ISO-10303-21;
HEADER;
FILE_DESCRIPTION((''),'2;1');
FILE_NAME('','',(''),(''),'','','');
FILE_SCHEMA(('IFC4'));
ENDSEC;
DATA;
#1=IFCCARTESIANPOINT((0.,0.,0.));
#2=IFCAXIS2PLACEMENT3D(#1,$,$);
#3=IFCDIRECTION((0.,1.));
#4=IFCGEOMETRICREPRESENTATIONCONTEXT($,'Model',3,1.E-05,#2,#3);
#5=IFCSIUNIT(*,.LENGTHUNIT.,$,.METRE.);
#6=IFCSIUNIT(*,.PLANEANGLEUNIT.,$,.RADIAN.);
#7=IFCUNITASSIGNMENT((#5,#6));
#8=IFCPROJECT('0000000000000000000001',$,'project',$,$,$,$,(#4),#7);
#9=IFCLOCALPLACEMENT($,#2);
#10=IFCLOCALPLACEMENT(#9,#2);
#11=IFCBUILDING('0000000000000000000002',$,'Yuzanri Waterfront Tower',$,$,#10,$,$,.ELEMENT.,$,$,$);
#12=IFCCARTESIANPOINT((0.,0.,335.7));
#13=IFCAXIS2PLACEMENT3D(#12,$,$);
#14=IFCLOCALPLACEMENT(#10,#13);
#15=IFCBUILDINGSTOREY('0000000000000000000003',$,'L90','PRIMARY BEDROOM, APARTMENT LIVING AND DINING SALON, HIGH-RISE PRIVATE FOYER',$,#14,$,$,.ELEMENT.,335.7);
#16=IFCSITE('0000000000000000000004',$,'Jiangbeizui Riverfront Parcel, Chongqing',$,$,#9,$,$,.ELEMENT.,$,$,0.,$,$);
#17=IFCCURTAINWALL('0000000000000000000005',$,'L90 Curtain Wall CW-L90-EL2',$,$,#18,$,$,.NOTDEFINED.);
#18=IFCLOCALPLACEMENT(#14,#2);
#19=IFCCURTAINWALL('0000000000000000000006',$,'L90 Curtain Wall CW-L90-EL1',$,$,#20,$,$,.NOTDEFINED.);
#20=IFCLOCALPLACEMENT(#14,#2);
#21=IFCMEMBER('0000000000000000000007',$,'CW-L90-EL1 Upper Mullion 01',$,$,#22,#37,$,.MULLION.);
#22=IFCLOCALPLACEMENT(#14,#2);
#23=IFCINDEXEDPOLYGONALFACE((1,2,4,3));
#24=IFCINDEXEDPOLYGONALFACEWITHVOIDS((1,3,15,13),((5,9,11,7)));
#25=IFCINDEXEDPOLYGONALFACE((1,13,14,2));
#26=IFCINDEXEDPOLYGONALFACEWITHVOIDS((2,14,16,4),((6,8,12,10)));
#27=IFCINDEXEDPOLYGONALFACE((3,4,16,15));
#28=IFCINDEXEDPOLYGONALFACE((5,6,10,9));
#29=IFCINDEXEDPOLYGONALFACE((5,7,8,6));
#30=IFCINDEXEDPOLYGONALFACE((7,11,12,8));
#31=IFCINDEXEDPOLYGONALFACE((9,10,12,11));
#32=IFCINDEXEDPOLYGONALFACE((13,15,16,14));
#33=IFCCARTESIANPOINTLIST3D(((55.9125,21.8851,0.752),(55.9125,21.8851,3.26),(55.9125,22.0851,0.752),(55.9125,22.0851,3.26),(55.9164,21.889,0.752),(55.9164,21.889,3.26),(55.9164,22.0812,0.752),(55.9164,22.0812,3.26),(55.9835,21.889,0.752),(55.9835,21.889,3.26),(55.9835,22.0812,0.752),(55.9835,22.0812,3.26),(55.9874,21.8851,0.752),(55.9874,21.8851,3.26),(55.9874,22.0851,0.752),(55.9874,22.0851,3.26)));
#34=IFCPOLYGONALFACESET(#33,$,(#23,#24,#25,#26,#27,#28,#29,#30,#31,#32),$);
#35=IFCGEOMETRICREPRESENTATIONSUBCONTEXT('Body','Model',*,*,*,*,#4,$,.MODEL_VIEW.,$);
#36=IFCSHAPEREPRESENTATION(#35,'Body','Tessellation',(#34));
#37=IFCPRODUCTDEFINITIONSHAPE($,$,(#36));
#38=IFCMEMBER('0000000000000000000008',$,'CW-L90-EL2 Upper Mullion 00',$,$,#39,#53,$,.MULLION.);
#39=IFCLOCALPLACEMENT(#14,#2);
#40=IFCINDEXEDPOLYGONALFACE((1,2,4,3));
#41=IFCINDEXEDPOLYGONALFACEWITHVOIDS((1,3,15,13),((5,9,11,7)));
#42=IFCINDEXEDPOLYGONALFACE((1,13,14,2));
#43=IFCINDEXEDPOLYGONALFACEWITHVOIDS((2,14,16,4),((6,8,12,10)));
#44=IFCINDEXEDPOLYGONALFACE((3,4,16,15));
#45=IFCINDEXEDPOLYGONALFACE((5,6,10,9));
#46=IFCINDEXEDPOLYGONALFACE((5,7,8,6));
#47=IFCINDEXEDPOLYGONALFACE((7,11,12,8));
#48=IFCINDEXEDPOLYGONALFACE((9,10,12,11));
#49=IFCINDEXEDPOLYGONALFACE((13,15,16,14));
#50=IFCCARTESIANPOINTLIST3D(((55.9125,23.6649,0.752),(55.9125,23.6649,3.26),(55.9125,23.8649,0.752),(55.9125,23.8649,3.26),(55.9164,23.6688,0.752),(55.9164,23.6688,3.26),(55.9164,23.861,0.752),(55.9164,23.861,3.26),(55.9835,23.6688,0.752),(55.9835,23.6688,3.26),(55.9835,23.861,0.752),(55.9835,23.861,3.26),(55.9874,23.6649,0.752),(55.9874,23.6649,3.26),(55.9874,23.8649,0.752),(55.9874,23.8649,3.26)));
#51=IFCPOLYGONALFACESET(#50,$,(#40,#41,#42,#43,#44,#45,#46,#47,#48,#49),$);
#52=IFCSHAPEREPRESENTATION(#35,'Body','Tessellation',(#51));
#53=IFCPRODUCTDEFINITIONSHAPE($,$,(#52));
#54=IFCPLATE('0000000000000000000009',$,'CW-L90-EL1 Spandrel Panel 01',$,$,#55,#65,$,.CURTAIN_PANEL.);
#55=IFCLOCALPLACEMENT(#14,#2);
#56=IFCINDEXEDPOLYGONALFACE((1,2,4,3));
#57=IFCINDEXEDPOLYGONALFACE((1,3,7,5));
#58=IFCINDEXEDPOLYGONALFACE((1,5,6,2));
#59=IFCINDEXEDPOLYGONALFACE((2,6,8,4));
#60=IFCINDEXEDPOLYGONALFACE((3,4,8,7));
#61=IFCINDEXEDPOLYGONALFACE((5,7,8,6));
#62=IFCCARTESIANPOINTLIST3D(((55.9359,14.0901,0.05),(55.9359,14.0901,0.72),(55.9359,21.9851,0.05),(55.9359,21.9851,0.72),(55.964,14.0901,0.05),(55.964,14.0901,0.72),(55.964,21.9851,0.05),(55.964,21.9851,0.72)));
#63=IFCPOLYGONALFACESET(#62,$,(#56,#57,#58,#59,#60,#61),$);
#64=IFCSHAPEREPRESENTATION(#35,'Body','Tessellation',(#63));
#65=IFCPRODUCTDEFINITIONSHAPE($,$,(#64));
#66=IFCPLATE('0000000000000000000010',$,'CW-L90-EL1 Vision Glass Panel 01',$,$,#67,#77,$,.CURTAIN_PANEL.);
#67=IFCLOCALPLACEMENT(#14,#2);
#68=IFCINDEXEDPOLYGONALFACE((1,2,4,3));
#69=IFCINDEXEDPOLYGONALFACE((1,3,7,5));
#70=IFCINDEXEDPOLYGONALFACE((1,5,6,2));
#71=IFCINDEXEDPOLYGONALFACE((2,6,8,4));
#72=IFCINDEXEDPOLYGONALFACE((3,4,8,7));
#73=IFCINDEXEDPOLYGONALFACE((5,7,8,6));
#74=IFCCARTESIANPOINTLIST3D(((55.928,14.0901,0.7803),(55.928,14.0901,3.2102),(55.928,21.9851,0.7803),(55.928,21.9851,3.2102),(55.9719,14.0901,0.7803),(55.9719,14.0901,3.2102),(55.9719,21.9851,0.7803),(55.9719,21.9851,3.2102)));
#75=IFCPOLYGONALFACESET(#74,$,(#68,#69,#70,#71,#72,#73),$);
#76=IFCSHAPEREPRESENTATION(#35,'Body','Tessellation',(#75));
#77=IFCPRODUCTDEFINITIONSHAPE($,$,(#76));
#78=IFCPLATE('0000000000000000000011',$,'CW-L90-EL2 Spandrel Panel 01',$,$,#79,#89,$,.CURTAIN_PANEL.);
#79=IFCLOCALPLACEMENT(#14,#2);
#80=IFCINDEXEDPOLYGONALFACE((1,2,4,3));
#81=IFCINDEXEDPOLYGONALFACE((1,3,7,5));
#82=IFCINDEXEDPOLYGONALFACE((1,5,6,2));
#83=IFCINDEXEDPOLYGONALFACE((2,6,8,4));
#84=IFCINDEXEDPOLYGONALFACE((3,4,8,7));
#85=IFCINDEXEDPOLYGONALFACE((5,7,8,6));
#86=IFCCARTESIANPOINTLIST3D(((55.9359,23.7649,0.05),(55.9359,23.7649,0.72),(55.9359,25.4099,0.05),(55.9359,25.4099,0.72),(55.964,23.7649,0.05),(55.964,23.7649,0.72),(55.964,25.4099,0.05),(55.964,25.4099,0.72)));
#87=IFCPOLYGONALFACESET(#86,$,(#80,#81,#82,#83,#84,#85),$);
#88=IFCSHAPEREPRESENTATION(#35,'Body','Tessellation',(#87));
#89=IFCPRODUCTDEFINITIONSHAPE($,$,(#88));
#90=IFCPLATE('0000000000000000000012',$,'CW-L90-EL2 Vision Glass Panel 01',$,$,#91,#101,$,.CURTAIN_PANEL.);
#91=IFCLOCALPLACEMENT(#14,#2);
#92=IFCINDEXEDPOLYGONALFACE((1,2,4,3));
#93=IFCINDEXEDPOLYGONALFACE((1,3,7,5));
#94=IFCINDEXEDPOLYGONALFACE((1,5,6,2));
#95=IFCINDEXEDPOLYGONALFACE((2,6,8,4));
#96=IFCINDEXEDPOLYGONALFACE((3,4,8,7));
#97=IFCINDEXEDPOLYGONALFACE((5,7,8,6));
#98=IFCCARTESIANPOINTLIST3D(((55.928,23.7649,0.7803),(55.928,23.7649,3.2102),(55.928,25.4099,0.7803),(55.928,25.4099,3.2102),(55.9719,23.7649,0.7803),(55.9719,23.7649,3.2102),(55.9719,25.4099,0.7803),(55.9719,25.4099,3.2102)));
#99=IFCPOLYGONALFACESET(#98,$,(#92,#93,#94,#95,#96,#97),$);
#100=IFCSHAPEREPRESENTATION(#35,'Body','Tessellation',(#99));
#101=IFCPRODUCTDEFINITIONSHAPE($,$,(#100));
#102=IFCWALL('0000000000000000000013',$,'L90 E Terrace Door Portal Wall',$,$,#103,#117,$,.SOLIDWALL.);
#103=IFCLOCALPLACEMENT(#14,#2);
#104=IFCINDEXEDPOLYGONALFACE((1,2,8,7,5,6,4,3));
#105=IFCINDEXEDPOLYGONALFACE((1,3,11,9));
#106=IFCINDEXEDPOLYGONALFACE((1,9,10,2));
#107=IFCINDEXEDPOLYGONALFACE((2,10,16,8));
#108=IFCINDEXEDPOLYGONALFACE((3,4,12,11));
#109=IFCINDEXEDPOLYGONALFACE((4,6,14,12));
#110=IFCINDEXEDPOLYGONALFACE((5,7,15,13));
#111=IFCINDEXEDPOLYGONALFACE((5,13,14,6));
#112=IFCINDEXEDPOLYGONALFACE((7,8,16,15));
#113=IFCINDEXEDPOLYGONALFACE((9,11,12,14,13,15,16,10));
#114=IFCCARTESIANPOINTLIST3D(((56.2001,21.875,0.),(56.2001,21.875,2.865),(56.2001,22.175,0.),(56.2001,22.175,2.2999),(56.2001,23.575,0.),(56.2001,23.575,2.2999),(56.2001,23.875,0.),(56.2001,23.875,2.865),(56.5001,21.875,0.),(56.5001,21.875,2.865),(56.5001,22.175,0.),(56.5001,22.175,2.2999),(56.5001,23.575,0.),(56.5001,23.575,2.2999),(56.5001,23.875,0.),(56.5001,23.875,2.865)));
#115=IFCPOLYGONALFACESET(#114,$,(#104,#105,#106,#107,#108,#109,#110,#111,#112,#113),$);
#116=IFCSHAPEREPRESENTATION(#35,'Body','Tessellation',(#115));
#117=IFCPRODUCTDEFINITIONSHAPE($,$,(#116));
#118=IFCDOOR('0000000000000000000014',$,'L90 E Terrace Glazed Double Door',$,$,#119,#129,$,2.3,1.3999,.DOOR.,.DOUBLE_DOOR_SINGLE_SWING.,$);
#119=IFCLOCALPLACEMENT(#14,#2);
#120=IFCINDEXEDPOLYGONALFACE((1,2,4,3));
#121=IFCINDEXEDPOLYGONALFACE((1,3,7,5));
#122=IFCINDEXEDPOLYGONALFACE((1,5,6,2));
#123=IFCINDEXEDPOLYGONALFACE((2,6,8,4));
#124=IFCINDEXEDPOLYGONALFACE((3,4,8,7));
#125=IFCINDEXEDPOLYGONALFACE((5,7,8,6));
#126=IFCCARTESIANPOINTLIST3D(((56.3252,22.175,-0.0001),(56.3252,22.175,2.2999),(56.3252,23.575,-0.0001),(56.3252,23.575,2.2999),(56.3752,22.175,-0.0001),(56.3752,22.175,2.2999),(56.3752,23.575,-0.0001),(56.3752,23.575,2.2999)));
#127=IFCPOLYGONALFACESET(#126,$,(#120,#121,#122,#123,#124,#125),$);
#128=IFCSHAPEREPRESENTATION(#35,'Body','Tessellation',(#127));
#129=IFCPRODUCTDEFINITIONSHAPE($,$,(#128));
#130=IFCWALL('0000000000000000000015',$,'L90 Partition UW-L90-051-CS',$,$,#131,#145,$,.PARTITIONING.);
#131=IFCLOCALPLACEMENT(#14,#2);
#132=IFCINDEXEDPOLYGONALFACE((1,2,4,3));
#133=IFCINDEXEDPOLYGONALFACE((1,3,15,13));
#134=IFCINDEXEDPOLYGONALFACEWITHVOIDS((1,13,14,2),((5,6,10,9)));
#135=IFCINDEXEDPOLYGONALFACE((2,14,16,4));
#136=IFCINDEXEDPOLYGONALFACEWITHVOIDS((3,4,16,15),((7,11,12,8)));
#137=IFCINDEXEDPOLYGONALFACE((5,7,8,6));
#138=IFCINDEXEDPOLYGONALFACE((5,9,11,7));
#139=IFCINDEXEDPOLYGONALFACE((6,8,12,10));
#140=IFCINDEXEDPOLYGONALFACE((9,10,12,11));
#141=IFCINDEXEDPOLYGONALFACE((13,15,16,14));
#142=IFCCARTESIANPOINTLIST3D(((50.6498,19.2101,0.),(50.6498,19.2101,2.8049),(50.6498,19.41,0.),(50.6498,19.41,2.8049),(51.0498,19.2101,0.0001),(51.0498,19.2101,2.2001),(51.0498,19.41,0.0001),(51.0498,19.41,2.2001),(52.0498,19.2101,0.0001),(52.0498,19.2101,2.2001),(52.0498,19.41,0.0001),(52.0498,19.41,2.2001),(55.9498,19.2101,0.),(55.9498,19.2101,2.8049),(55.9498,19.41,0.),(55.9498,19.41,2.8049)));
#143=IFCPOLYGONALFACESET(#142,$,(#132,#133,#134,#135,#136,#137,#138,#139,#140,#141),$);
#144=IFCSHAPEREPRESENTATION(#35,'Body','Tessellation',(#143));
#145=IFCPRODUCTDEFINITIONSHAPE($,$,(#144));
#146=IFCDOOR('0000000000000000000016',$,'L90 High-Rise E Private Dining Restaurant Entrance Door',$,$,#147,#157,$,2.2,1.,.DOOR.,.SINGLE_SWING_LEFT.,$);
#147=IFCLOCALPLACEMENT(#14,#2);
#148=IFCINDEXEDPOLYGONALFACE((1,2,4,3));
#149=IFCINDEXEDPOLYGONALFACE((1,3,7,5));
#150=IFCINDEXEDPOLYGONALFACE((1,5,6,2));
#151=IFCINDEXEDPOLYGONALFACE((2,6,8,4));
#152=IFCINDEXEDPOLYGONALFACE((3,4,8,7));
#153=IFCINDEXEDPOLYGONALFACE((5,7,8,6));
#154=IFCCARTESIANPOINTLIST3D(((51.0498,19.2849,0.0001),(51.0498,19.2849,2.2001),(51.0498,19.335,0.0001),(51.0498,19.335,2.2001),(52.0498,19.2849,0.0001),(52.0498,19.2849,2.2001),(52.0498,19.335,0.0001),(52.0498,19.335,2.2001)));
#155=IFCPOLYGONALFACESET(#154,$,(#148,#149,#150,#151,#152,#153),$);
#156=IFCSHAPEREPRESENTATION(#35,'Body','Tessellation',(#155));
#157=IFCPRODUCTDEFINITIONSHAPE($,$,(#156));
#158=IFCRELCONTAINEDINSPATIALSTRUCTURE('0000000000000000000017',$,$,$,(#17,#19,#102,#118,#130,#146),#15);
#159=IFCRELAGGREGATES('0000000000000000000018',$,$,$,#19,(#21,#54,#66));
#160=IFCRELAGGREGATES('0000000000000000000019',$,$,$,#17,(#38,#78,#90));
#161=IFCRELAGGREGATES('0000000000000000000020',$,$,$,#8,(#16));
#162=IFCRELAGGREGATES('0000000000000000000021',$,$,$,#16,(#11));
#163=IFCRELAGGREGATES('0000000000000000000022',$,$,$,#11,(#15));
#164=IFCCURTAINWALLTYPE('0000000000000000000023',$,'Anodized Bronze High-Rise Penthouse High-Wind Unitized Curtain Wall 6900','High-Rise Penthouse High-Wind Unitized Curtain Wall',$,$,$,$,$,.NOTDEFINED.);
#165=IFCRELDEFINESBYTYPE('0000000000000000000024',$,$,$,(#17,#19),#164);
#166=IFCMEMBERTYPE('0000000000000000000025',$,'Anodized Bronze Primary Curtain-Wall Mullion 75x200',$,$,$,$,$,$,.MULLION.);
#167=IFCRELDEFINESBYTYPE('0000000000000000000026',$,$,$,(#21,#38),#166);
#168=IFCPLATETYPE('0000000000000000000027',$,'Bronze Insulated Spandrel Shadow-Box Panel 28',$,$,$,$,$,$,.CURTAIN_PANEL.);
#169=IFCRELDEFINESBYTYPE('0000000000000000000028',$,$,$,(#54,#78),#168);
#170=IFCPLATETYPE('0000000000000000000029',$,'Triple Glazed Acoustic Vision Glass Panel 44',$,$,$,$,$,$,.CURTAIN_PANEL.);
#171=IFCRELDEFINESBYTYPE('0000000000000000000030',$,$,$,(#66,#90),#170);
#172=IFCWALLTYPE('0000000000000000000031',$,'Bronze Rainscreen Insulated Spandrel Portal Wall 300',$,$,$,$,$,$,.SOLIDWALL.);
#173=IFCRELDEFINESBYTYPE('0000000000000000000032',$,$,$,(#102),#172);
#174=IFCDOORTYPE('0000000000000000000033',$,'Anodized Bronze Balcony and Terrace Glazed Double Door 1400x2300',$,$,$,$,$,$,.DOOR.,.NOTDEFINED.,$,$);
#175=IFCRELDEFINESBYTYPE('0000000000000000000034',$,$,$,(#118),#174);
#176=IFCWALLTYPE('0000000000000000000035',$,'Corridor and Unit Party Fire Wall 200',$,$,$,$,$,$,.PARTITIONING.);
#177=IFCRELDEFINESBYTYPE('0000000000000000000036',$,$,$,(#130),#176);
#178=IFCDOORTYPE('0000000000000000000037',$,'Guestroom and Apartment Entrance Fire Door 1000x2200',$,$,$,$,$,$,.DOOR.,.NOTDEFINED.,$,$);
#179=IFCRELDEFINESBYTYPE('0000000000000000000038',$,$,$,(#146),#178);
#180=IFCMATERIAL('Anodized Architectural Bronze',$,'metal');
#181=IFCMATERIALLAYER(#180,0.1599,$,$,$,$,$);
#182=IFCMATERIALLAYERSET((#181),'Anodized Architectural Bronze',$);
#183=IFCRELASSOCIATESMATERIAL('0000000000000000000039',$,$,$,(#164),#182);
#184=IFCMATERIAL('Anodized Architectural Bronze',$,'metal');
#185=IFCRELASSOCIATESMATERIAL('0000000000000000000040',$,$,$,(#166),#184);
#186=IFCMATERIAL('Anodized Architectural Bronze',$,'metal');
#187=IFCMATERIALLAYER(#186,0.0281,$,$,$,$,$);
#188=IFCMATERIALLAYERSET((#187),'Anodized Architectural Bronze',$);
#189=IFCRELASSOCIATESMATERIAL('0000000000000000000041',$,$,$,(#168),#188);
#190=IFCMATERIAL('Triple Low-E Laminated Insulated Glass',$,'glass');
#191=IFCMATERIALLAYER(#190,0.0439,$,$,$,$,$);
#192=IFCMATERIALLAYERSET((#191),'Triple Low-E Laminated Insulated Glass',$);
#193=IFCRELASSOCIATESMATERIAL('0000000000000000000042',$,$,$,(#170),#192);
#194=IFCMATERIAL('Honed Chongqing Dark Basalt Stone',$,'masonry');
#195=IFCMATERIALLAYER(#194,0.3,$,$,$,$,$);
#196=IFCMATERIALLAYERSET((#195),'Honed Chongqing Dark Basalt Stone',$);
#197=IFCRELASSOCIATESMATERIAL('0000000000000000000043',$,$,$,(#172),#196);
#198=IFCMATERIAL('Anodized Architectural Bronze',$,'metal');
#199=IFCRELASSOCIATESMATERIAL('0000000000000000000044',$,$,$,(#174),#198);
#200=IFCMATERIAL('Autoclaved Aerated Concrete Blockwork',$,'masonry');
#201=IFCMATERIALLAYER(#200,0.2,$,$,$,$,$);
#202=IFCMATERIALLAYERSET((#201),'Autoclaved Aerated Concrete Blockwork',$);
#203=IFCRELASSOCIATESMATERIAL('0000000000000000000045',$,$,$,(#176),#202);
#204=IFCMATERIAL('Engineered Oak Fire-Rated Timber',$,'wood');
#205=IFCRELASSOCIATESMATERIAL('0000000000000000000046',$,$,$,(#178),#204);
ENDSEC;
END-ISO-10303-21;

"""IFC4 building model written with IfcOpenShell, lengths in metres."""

from ifc_helpers import new_model, si_unit, direction, frame, frame_2d, origin, origin_2d, place, context, subcontext, project, spatial, rectangle, hollow_rectangle, extrude, source, transform, mapped, material, layer, layer_set, material_profile, profile_set, type_object, element, fill, aggregate, save


model = new_model("IFC4")

# Units and contexts
model_context = context("Model", 3, precision=1e-05, world=origin(), true_north=direction((0.0, 1.0)))
body_context = subcontext(model_context, "Body", "Model", "MODEL_VIEW")
ifc_project = project(units=[si_unit("LENGTHUNIT", "METRE"), si_unit("PLANEANGLEUNIT", "RADIAN")], contexts=[model_context])

# Site, building, storey
site_placement = place(None, origin())
site = spatial("IfcSite", under=ifc_project, at=site_placement, Name="Jiangbeizui Riverfront Parcel, Chongqing", CompositionType="ELEMENT", RefElevation=0.0)
building_placement = place(site_placement, origin())
building = spatial("IfcBuilding", under=site, at=building_placement, Name="Yuzanri Waterfront Tower", CompositionType="ELEMENT")
storey_placement = place(building_placement, frame((0.0, 0.0, 335.7)))
storey = spatial("IfcBuildingStorey", under=building, at=storey_placement, Name="L90", Description="PRIMARY BEDROOM, APARTMENT LIVING AND DINING SALON, HIGH-RISE PRIVATE FOYER", CompositionType="ELEMENT", Elevation=335.7)

# Curtain wall
ifc_material_1 = material(Name="Anodized Architectural Bronze", Category="metal")
ifc_layer_1 = layer(ifc_material_1, 0.1599)
ifc_layer_set_1 = layer_set([ifc_layer_1], Name="Anodized Architectural Bronze")
curtain_wall_type = type_object("IfcCurtainWallType", Name="Anodized Bronze High-Rise Penthouse High-Wind Unitized Curtain Wall 6900", Description="High-Rise Penthouse High-Wind Unitized Curtain Wall", PredefinedType="NOTDEFINED", material=ifc_layer_set_1)
curtain_wall_1_placement = place(storey_placement, origin())
curtain_wall_1 = element("IfcCurtainWall", 1, at=curtain_wall_1_placement, inside=storey, type_object=curtain_wall_type, Name="L90 Curtain Wall CW-L90-EL2", PredefinedType="NOTDEFINED")

# Curtain wall
curtain_wall_2_placement = place(storey_placement, origin())
curtain_wall_2 = element("IfcCurtainWall", 2, at=curtain_wall_2_placement, inside=storey, type_object=curtain_wall_type, Name="L90 Curtain Wall CW-L90-EL1", PredefinedType="NOTDEFINED")
ifc_material_2 = material(Name="Anodized Architectural Bronze", Category="metal")
ifc_material_profile_1 = material_profile(ifc_material_2, hollow_rectangle(XDim=0.075, YDim=0.2, WallThickness=0.0039, at=origin_2d()), Name="CWM 75x200")
ifc_profile_set_1 = profile_set([ifc_material_profile_1], Name="Anodized Architectural Bronze")
member_type_1 = type_object("IfcMemberType", Name="Anodized Bronze Primary Curtain-Wall Mullion 75x200", PredefinedType="MULLION", material=ifc_profile_set_1)

# Members
shared_shape_1 = source(origin(), body_context, "Body", "SweptSolid", [
    extrude(hollow_rectangle(XDim=0.075, YDim=0.2, WallThickness=0.0039, at=origin_2d()), origin(), (0.0, 0.0, 1.0), 2.5081),
])
member_1_placement = place(storey_placement, frame((55.95, 21.9851, 0.752), z_axis=(0.0, 0.0, 1.0), x_axis=(1.0, 0.0, 0.0)))
member_1 = element("IfcMember", 3, at=member_1_placement, type_object=member_type_1, Name="CW-L90-EL1 Upper Mullion 01", PredefinedType="MULLION", context=body_context, shape_type="MappedRepresentation", body=[
    mapped(shared_shape_1, transform((0.0, 0.0, 0.0), scale=1.0)),
])
member_2_placement = place(storey_placement, frame((55.95, 23.7649, 0.752), z_axis=(0.0, 0.0, 1.0), x_axis=(1.0, 0.0, 0.0)))
member_2 = element("IfcMember", 4, at=member_2_placement, type_object=member_type_1, Name="CW-L90-EL2 Upper Mullion 00", PredefinedType="MULLION", context=body_context, shape_type="MappedRepresentation", body=[
    mapped(shared_shape_1, transform((0.0, 0.0, 0.0), scale=1.0)),
])

# Plates
ifc_material_3 = material(Name="Anodized Architectural Bronze", Category="metal")
ifc_layer_2 = layer(ifc_material_3, 0.0281)
ifc_layer_set_2 = layer_set([ifc_layer_2], Name="Anodized Architectural Bronze")
plate_type_1 = type_object("IfcPlateType", Name="Bronze Insulated Spandrel Shadow-Box Panel 28", PredefinedType="CURTAIN_PANEL", material=ifc_layer_set_2)
shared_shape_2 = source(origin(), body_context, "Body", "SweptSolid", [
    extrude(rectangle(XDim=7.895, YDim=0.0281, at=origin_2d()), origin(), (0.0, 0.0, 1.0), 0.6699),
])
plate_1_placement = place(storey_placement, frame((55.95, 18.0376, 0.05), z_axis=(0.0, 0.0, 1.0), x_axis=(0.0, 1.0, 0.0)))
plate_1 = element("IfcPlate", 5, at=plate_1_placement, type_object=plate_type_1, Name="CW-L90-EL1 Spandrel Panel 01", PredefinedType="CURTAIN_PANEL", context=body_context, shape_type="MappedRepresentation", body=[
    mapped(shared_shape_2, transform((0.0, 0.0, 0.0), scale=1.0)),
])
ifc_material_4 = material(Name="Triple Low-E Laminated Insulated Glass", Category="glass")
ifc_layer_3 = layer(ifc_material_4, 0.0439)
ifc_layer_set_3 = layer_set([ifc_layer_3], Name="Triple Low-E Laminated Insulated Glass")
plate_type_2 = type_object("IfcPlateType", Name="Triple Glazed Acoustic Vision Glass Panel 44", PredefinedType="CURTAIN_PANEL", material=ifc_layer_set_3)
shared_shape_3 = source(origin(), body_context, "Body", "SweptSolid", [
    extrude(rectangle(XDim=7.895, YDim=0.0439, at=origin_2d()), origin(), (0.0, 0.0, 1.0), 2.4299),
])
plate_2_placement = place(storey_placement, frame((55.95, 18.0376, 0.7803), z_axis=(0.0, 0.0, 1.0), x_axis=(0.0, 1.0, 0.0)))
plate_2 = element("IfcPlate", 6, at=plate_2_placement, type_object=plate_type_2, Name="CW-L90-EL1 Vision Glass Panel 01", PredefinedType="CURTAIN_PANEL", context=body_context, shape_type="MappedRepresentation", body=[
    mapped(shared_shape_3, transform((0.0, 0.0, 0.0), scale=1.0)),
])
aggregate(curtain_wall_2, [member_1, plate_1, plate_2])
shared_shape_4 = source(origin(), body_context, "Body", "SweptSolid", [
    extrude(rectangle(XDim=1.645, YDim=0.0281, at=origin_2d()), origin(), (0.0, 0.0, 1.0), 0.6699),
])
plate_3_placement = place(storey_placement, frame((55.95, 24.5874, 0.05), z_axis=(0.0, 0.0, 1.0), x_axis=(0.0, 1.0, 0.0)))
plate_3 = element("IfcPlate", 7, at=plate_3_placement, type_object=plate_type_1, Name="CW-L90-EL2 Spandrel Panel 01", PredefinedType="CURTAIN_PANEL", context=body_context, shape_type="MappedRepresentation", body=[
    mapped(shared_shape_4, transform((0.0, 0.0, 0.0), scale=1.0)),
])
shared_shape_5 = source(origin(), body_context, "Body", "SweptSolid", [
    extrude(rectangle(XDim=1.645, YDim=0.0439, at=origin_2d()), origin(), (0.0, 0.0, 1.0), 2.4299),
])
plate_4_placement = place(storey_placement, frame((55.95, 24.5874, 0.7803), z_axis=(0.0, 0.0, 1.0), x_axis=(0.0, 1.0, 0.0)))
plate_4 = element("IfcPlate", 8, at=plate_4_placement, type_object=plate_type_2, Name="CW-L90-EL2 Vision Glass Panel 01", PredefinedType="CURTAIN_PANEL", context=body_context, shape_type="MappedRepresentation", body=[
    mapped(shared_shape_5, transform((0.0, 0.0, 0.0), scale=1.0)),
])
aggregate(curtain_wall_1, [member_2, plate_3, plate_4])

# Walls, openings, doors
ifc_material_5 = material(Name="Honed Chongqing Dark Basalt Stone", Category="masonry")
ifc_layer_4 = layer(ifc_material_5, 0.3)
ifc_layer_set_4 = layer_set([ifc_layer_4], Name="Honed Chongqing Dark Basalt Stone")
wall_type_1 = type_object("IfcWallType", Name="Bronze Rainscreen Insulated Spandrel Portal Wall 300", PredefinedType="SOLIDWALL", material=ifc_layer_set_4)
wall_1_placement = place(storey_placement, frame((56.3501, 21.875, 0.0), z_axis=(0.0, 0.0, 1.0), x_axis=(0.0, 1.0, 0.0)))
wall_1 = element("IfcWall", 9, at=wall_1_placement, inside=storey, type_object=wall_type_1, Name="L90 E Terrace Door Portal Wall", PredefinedType="SOLIDWALL", context=body_context, shape_type="SweptSolid", body=[
    extrude(rectangle(XDim=2.0, YDim=0.3, at=frame_2d((1.0, 0.0))), origin(), (0.0, 0.0, 1.0), 2.865),
])
opening_1_placement = place(wall_1_placement, frame((0.3, 0.0, 0.0)))
opening_1 = element("IfcOpeningElement", 10, at=opening_1_placement, cuts=wall_1, PredefinedType="OPENING", context=body_context, shape_type="SweptSolid", body=[
    extrude(rectangle(XDim=1.3999, YDim=2.3, at=frame_2d((0.7, 1.1499))), frame((0.0, 0.165, 0.0), z_axis=(0.0, -1.0, 0.0), x_axis=(1.0, 0.0, 0.0)), (0.0, 0.0, 1.0), 0.3298),
])
ifc_material_6 = material(Name="Anodized Architectural Bronze", Category="metal")
door_type_1 = type_object("IfcDoorType", Name="Anodized Bronze Balcony and Terrace Glazed Double Door 1400x2300", OperationType="NOTDEFINED", PredefinedType="DOOR", material=ifc_material_6)
shared_shape_6 = source(origin(), body_context, "Body", "SweptSolid", [
    extrude(rectangle(XDim=1.3999, YDim=2.3, at=frame_2d((0.7, 1.1499))), frame((0.0, 0.0249, 0.0), z_axis=(0.0, -1.0, 0.0), x_axis=(1.0, 0.0, 0.0)), (0.0, 0.0, 1.0), 0.05),
])
door_1_placement = place(opening_1_placement, origin())
door_1 = element("IfcDoor", 11, at=door_1_placement, inside=storey, type_object=door_type_1, Name="L90 E Terrace Glazed Double Door", OperationType="DOUBLE_DOOR_SINGLE_SWING", OverallHeight=2.3, OverallWidth=1.3999, PredefinedType="DOOR", context=body_context, shape_type="MappedRepresentation", body=[
    mapped(shared_shape_6, transform((0.0, 0.0, 0.0), scale=1.0)),
])
fill(opening_1, door_1)
ifc_material_7 = material(Name="Autoclaved Aerated Concrete Blockwork", Category="masonry")
ifc_layer_5 = layer(ifc_material_7, 0.2)
ifc_layer_set_5 = layer_set([ifc_layer_5], Name="Autoclaved Aerated Concrete Blockwork")
wall_type_2 = type_object("IfcWallType", Name="Corridor and Unit Party Fire Wall 200", PredefinedType="PARTITIONING", material=ifc_layer_set_5)
wall_2_placement = place(storey_placement, frame((50.6499, 19.3101, 0.0), z_axis=(0.0, 0.0, 1.0), x_axis=(1.0, 0.0, 0.0)))
wall_2 = element("IfcWall", 12, at=wall_2_placement, inside=storey, type_object=wall_type_2, Name="L90 Partition UW-L90-051-CS", PredefinedType="PARTITIONING", context=body_context, shape_type="SweptSolid", body=[
    extrude(rectangle(XDim=5.3, YDim=0.2, at=frame_2d((2.6499, 0.0))), origin(), (0.0, 0.0, 1.0), 2.8049),
])
opening_2_placement = place(wall_2_placement, frame((0.3999, 0.0, 0.0)))
opening_2 = element("IfcOpeningElement", 13, at=opening_2_placement, cuts=wall_2, PredefinedType="OPENING", context=body_context, shape_type="SweptSolid", body=[
    extrude(rectangle(XDim=1.0, YDim=2.2, at=frame_2d((0.5, 1.1001))), frame((0.0, 0.1147, 0.0), z_axis=(0.0, -1.0, 0.0), x_axis=(1.0, 0.0, 0.0)), (0.0, 0.0, 1.0), 0.2297),
])
ifc_material_8 = material(Name="Engineered Oak Fire-Rated Timber", Category="wood")
door_type_2 = type_object("IfcDoorType", Name="Guestroom and Apartment Entrance Fire Door 1000x2200", OperationType="NOTDEFINED", PredefinedType="DOOR", material=ifc_material_8)
shared_shape_7 = source(origin(), body_context, "Body", "SweptSolid", [
    extrude(rectangle(XDim=1.0, YDim=2.2, at=frame_2d((0.5, 1.1001))), frame((0.0, 0.0249, 0.0), z_axis=(0.0, -1.0, 0.0), x_axis=(1.0, 0.0, 0.0)), (0.0, 0.0, 1.0), 0.05),
])
door_2_placement = place(opening_2_placement, origin())
door_2 = element("IfcDoor", 14, at=door_2_placement, inside=storey, type_object=door_type_2, Name="L90 High-Rise E Private Dining Restaurant Entrance Door", OperationType="SINGLE_SWING_LEFT", OverallHeight=2.2, OverallWidth=1.0, PredefinedType="DOOR", context=body_context, shape_type="MappedRepresentation", body=[
    mapped(shared_shape_7, transform((0.0, 0.0, 0.0), scale=1.0)),
])
fill(opening_2, door_2)

save(model, "model.ifc")
